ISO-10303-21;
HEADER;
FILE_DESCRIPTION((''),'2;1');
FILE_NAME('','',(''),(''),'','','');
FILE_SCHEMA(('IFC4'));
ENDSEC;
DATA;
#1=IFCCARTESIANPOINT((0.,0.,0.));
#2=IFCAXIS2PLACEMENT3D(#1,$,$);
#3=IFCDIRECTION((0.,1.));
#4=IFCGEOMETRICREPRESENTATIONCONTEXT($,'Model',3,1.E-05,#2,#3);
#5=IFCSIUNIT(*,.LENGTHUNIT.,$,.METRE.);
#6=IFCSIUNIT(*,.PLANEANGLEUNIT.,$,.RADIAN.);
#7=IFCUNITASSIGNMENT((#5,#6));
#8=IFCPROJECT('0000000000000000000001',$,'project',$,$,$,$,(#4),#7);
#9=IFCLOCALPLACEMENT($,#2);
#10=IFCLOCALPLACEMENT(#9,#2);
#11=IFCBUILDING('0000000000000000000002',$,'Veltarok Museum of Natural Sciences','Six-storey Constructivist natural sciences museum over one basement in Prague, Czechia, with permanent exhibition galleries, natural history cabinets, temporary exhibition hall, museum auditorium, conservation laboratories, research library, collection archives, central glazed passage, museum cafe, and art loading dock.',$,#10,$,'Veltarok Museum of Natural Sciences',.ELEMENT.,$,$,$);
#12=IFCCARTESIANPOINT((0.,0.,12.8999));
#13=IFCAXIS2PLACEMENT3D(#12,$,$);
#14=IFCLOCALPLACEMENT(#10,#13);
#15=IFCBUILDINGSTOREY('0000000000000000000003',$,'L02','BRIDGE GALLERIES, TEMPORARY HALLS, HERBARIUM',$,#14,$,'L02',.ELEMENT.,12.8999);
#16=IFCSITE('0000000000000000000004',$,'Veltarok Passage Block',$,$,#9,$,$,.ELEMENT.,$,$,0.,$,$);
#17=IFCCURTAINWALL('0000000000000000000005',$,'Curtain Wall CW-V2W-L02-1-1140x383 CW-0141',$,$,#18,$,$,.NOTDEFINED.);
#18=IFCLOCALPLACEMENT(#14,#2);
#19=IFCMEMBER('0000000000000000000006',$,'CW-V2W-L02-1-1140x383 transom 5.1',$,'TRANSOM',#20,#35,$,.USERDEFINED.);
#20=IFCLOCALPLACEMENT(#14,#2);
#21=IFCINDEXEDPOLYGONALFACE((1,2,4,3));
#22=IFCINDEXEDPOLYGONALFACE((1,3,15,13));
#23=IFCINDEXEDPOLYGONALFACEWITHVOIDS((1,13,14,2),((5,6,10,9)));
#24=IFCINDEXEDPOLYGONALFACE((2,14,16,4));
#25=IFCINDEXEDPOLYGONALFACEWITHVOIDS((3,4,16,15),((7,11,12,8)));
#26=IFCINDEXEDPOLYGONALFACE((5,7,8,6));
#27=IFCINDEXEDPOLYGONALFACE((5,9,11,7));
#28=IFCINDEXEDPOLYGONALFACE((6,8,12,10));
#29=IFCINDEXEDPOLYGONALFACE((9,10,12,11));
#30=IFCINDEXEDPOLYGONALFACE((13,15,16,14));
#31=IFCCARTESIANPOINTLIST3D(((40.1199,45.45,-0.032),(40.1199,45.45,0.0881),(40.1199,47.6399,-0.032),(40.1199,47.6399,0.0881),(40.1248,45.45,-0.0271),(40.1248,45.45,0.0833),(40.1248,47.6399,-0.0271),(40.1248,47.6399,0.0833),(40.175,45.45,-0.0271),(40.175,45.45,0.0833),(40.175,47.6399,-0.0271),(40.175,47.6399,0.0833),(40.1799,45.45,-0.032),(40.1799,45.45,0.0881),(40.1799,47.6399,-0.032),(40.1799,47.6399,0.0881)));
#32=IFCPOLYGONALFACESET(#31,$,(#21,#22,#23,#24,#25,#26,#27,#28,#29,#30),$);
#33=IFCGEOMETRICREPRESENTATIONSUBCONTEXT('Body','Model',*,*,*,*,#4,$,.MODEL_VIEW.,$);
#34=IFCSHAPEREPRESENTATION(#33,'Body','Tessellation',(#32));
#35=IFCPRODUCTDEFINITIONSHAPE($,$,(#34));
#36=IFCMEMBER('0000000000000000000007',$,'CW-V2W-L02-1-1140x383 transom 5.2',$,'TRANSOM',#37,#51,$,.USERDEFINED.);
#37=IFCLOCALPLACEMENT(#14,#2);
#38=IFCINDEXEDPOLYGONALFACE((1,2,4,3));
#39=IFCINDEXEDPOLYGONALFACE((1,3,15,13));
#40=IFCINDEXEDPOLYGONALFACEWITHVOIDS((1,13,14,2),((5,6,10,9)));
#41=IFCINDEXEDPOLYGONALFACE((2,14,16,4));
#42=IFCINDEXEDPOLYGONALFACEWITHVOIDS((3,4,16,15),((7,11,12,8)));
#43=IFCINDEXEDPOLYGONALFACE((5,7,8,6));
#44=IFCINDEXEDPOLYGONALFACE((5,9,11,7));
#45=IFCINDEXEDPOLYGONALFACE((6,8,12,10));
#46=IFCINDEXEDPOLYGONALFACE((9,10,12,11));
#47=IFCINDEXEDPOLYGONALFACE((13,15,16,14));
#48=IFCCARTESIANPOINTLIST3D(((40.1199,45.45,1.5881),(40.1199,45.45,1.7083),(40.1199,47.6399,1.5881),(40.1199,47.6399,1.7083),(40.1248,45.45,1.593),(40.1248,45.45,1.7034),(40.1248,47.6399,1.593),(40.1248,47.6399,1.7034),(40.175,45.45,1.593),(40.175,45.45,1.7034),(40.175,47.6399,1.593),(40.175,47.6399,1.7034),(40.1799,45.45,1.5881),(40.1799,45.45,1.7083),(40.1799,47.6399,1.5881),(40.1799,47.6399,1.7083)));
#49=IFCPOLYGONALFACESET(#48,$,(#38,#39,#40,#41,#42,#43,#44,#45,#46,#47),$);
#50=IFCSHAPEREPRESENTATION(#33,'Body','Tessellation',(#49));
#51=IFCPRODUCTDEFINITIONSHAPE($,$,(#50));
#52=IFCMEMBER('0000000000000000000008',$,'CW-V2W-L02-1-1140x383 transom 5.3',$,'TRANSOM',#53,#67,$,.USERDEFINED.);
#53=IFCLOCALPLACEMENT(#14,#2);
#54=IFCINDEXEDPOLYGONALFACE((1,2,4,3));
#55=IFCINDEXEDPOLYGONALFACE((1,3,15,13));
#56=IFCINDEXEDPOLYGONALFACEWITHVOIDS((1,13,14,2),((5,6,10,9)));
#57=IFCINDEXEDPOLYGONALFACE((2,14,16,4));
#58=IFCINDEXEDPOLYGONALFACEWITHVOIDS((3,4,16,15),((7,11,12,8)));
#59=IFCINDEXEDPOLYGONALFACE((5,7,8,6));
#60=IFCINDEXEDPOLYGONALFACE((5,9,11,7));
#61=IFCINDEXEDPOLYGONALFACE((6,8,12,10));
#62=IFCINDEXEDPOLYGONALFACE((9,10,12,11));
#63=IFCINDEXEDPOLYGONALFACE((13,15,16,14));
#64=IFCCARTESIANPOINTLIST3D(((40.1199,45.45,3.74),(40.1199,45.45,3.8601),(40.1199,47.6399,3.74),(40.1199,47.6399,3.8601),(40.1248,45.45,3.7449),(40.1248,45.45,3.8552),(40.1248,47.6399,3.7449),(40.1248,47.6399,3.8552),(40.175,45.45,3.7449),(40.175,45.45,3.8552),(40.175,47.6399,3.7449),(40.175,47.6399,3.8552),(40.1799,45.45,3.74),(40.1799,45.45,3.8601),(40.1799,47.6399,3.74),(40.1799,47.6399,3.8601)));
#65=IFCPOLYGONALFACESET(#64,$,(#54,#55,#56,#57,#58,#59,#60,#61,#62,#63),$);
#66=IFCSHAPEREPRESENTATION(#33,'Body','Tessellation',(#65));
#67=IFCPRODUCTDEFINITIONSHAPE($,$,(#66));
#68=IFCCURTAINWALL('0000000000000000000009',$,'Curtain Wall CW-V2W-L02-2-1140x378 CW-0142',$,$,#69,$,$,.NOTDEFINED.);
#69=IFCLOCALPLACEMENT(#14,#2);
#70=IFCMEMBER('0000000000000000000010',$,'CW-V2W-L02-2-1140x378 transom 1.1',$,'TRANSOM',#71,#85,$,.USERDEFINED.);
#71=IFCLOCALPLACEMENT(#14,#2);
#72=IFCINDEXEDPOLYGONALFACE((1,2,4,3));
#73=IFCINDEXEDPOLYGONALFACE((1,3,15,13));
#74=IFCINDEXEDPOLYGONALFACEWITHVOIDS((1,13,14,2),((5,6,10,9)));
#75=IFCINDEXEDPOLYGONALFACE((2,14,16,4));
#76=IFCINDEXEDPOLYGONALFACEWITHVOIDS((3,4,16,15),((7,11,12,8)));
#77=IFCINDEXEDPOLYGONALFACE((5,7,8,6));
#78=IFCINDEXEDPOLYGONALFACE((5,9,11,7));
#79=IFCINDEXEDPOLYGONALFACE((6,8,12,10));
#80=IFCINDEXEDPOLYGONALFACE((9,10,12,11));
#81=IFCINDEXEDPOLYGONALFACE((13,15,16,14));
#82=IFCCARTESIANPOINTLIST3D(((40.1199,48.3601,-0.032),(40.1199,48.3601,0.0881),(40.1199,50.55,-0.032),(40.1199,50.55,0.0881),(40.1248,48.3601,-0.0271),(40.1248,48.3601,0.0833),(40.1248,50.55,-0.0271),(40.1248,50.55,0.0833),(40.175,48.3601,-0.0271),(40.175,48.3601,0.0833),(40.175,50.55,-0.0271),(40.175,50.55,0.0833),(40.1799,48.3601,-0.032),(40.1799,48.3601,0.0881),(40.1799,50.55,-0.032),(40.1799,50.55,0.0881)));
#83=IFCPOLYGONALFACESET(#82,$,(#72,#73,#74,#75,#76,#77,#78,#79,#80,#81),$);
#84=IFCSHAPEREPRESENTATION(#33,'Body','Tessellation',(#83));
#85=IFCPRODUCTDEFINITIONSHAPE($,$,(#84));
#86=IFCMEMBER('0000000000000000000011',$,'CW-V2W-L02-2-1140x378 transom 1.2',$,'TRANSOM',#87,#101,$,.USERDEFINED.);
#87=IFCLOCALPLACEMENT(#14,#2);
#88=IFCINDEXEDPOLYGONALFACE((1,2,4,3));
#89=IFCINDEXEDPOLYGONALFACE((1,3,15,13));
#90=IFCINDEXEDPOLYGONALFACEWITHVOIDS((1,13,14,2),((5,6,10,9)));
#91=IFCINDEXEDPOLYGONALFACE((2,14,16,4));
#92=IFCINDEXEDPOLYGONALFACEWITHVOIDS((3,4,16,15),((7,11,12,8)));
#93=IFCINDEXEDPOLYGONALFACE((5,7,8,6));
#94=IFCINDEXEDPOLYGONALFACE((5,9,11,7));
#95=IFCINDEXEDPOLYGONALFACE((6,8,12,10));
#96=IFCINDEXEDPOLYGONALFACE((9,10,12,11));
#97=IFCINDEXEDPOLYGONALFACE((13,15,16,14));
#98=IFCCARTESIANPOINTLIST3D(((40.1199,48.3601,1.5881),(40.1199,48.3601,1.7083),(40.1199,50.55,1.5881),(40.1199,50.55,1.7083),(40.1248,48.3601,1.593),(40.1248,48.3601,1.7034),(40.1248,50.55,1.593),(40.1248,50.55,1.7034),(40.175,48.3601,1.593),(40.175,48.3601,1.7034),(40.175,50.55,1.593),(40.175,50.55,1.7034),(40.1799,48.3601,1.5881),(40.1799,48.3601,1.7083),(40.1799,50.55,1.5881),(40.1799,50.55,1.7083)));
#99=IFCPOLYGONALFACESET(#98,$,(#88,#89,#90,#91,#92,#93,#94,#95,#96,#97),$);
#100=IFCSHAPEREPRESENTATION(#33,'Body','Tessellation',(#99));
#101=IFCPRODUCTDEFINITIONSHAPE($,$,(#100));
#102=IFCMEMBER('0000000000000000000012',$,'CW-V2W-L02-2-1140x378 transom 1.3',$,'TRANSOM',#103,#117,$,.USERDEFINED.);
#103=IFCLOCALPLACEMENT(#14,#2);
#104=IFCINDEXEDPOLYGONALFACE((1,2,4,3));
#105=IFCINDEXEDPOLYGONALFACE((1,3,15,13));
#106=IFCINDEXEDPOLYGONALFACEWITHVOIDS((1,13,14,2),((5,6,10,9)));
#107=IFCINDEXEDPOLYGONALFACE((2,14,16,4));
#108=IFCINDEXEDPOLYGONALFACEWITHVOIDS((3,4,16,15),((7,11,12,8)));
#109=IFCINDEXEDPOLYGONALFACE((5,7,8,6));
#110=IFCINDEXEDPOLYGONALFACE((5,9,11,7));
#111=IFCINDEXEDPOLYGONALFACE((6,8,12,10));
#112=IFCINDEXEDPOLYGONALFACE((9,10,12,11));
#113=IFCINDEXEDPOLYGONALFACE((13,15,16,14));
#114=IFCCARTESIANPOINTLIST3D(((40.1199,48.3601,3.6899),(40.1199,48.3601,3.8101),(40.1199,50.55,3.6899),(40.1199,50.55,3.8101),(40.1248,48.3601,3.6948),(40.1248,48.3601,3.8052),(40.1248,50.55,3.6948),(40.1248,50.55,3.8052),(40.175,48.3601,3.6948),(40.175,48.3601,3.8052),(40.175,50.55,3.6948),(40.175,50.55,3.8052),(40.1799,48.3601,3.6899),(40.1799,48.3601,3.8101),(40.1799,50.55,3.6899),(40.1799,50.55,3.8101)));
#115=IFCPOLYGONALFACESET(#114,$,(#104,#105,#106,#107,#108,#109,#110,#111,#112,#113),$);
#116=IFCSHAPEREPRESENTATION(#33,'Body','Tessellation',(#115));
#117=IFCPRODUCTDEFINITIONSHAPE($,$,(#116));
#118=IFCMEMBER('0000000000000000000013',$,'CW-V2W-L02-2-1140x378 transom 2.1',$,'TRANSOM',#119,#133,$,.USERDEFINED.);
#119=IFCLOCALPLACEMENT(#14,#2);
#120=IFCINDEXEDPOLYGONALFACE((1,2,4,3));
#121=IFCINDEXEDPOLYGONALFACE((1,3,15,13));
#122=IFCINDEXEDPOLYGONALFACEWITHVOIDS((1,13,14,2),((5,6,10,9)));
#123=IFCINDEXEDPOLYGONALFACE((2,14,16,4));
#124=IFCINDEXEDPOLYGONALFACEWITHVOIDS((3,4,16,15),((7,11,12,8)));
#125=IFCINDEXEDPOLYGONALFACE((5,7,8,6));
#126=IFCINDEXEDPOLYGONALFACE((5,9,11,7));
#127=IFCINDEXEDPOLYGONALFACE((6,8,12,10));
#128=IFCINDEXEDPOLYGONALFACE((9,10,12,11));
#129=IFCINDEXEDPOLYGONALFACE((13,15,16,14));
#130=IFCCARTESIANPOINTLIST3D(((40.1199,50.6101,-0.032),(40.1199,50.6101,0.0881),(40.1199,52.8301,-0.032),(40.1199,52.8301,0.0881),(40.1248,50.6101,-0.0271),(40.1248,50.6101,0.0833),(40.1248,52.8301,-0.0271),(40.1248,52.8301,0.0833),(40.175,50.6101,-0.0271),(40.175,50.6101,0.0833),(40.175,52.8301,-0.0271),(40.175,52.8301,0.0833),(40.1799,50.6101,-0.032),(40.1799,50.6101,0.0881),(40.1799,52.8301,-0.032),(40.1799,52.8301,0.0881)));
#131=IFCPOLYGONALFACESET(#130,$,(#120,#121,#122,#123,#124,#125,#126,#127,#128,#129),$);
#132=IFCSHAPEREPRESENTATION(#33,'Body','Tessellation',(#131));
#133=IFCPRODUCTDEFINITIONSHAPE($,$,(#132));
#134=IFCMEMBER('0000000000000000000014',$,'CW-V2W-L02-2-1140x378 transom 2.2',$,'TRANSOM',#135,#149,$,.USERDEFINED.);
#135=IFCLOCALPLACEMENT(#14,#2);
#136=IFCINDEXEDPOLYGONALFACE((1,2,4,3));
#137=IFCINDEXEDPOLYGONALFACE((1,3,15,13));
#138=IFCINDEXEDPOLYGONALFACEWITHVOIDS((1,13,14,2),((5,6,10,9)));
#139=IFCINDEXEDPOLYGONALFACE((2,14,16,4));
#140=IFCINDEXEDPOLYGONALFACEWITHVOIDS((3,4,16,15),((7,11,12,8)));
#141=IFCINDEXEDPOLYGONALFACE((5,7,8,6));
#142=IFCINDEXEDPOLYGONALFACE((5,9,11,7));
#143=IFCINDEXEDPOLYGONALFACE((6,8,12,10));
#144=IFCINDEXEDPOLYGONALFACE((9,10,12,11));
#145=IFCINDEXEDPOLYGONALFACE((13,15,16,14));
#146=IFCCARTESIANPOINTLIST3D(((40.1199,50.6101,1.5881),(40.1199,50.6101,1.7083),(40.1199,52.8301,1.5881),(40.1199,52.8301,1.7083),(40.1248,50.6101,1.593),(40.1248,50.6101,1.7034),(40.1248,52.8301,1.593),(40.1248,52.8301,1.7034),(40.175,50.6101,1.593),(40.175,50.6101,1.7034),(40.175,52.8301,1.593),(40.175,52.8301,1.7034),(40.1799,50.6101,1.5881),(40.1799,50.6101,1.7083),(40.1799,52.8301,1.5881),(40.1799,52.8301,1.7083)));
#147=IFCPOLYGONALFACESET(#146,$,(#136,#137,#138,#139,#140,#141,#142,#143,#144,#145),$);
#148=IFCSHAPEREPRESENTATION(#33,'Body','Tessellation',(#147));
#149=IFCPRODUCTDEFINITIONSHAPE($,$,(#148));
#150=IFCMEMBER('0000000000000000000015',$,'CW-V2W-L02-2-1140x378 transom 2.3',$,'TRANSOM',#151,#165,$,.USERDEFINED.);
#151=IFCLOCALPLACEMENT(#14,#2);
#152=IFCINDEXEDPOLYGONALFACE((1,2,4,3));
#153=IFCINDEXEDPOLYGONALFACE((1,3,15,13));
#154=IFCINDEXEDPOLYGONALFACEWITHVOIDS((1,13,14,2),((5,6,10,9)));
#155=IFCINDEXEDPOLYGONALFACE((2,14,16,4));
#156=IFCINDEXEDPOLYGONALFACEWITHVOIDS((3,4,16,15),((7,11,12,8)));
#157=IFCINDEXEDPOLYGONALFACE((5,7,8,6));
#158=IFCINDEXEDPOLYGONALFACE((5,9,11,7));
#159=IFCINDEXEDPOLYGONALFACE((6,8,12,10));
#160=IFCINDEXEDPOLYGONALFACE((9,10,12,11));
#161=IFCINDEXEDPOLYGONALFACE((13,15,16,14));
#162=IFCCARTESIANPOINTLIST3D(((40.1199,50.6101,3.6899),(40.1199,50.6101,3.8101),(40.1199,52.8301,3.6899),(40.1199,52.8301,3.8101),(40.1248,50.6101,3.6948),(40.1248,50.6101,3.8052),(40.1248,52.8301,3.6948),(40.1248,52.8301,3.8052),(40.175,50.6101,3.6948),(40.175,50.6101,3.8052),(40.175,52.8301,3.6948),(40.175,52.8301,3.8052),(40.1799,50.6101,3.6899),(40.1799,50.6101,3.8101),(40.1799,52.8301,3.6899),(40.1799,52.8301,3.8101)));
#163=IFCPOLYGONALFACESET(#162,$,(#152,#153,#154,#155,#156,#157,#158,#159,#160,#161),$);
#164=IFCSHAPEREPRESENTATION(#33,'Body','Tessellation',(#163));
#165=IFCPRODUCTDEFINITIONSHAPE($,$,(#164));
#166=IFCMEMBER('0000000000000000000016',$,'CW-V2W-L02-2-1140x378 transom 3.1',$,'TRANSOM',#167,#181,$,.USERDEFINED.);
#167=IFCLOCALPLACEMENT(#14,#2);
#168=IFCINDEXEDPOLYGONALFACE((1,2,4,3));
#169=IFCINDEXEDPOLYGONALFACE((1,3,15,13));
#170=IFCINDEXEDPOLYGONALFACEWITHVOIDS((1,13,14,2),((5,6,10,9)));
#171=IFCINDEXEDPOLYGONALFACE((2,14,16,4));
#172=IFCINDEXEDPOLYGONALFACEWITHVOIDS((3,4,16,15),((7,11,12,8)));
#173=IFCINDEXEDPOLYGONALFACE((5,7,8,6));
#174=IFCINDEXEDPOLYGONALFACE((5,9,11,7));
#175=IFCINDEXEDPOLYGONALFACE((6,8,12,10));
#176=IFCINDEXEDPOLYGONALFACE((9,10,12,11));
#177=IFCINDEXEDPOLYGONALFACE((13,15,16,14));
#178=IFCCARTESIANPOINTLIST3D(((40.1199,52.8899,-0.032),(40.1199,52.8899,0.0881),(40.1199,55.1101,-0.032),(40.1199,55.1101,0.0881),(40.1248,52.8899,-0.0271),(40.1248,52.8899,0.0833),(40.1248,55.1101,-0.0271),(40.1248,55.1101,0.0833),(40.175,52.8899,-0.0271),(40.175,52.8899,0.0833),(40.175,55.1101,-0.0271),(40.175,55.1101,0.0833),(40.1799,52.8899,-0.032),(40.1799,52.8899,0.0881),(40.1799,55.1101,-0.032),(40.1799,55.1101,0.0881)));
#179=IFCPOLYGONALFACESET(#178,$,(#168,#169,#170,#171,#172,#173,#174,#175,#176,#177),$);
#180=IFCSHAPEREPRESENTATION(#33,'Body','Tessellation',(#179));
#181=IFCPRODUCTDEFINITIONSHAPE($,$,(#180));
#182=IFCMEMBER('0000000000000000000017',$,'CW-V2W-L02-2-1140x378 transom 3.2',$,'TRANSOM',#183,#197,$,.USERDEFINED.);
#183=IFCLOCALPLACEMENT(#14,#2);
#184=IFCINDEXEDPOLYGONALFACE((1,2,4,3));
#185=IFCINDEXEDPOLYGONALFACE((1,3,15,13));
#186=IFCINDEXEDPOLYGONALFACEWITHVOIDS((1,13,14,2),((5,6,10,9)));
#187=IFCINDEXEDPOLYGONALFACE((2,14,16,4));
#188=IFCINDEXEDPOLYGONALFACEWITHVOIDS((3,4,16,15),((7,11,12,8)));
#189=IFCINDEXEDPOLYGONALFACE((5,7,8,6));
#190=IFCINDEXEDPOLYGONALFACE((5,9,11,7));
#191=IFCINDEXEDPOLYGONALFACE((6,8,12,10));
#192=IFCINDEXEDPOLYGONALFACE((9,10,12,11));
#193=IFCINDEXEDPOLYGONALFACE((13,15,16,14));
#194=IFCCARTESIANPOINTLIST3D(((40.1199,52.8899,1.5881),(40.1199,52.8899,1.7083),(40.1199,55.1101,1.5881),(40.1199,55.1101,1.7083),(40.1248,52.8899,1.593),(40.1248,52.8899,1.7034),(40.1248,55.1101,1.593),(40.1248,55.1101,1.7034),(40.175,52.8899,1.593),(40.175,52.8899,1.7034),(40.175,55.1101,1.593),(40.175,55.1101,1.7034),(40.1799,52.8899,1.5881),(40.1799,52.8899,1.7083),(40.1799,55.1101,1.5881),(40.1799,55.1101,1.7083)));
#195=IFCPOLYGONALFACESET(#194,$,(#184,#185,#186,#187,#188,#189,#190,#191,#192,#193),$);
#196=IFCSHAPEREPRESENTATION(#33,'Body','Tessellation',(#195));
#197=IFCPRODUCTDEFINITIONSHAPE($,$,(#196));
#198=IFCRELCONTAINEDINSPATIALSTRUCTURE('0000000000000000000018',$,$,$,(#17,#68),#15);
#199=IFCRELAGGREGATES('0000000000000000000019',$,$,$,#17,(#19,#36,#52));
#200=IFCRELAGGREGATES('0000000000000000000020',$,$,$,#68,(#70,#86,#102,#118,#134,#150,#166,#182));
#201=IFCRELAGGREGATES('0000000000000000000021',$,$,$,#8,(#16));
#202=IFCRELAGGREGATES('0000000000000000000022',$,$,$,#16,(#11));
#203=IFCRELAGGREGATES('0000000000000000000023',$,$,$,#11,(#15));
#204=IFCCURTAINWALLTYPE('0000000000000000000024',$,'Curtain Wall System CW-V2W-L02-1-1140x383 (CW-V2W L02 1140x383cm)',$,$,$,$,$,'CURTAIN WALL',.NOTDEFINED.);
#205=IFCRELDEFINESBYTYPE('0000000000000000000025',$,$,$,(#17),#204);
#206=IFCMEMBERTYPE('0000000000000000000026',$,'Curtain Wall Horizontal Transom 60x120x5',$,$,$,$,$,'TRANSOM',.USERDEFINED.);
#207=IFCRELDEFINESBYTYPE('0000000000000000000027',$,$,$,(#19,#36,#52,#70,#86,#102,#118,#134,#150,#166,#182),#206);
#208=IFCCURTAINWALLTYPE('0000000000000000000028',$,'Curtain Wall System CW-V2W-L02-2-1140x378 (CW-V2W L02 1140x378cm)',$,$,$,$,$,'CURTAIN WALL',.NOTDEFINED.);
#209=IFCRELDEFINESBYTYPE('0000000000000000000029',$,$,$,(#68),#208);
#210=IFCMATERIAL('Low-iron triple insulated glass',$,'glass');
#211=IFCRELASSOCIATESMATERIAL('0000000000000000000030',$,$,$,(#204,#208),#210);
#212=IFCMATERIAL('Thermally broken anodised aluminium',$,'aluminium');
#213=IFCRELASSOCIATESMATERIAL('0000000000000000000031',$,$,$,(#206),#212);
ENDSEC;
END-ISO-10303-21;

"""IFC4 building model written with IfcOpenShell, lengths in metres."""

from ifc_helpers import new_model, si_unit, direction, frame, origin, origin_2d, place, context, subcontext, project, spatial, hollow_rectangle, extrude, material, material_profile, profile_set, type_object, element, aggregate, save


model = new_model("IFC4")

# Units and contexts
model_context = context("Model", 3, precision=1e-05, world=origin(), true_north=direction((0.0, 1.0)))
body_context = subcontext(model_context, "Body", "Model", "MODEL_VIEW")
ifc_project = project(units=[si_unit("LENGTHUNIT", "METRE"), si_unit("PLANEANGLEUNIT", "RADIAN")], contexts=[model_context])

# Site, building, storey
site_placement = place(None, origin())
site = spatial("IfcSite", under=ifc_project, at=site_placement, Name="Veltarok Passage Block", CompositionType="ELEMENT", RefElevation=0.0)
building_placement = place(site_placement, origin())
building = spatial("IfcBuilding", under=site, at=building_placement, Name="Veltarok Museum of Natural Sciences", Description="Six-storey Constructivist natural sciences museum over one basement in Prague, Czechia, with permanent exhibition galleries, natural history cabinets, temporary exhibition hall, museum auditorium, conservation laboratories, research library, collection archives, central glazed passage, museum cafe, and art loading dock.", LongName="Veltarok Museum of Natural Sciences", CompositionType="ELEMENT")
storey_placement = place(building_placement, frame((0.0, 0.0, 12.8999)))
storey = spatial("IfcBuildingStorey", under=building, at=storey_placement, Name="L02", Description="BRIDGE GALLERIES, TEMPORARY HALLS, HERBARIUM", LongName="L02", CompositionType="ELEMENT", Elevation=12.8999)

# Curtain walls, members
ifc_material_1 = material(Name="Low-iron triple insulated glass", Category="glass")
curtain_wall_type_1 = type_object("IfcCurtainWallType", Name="Curtain Wall System CW-V2W-L02-1-1140x383 (CW-V2W L02 1140x383cm)", ElementType="CURTAIN WALL", PredefinedType="NOTDEFINED", material=ifc_material_1)
curtain_wall_1_placement = place(storey_placement, origin())
curtain_wall_1 = element("IfcCurtainWall", 1, at=curtain_wall_1_placement, inside=storey, type_object=curtain_wall_type_1, Name="Curtain Wall CW-V2W-L02-1-1140x383 CW-0141", PredefinedType="NOTDEFINED")
ifc_material_2 = material(Name="Thermally broken anodised aluminium", Category="aluminium")
ifc_material_profile_1 = material_profile(ifc_material_2, hollow_rectangle(XDim=0.0601, YDim=0.1201, WallThickness=0.0049, at=origin_2d()), Name="CW TRANSOM 60x120x5")
ifc_profile_set_1 = profile_set([ifc_material_profile_1], Name="Thermally broken anodised aluminium")
member_type_1 = type_object("IfcMemberType", Name="Curtain Wall Horizontal Transom 60x120x5", ElementType="TRANSOM", PredefinedType="USERDEFINED", material=ifc_profile_set_1)
member_1_placement = place(storey_placement, frame((40.1499, 45.45, 0.0281), z_axis=(0.0, 1.0, 0.0), x_axis=(-1.0, 0.0, 0.0)))
member_1 = element("IfcMember", 2, at=member_1_placement, type_object=member_type_1, Name="CW-V2W-L02-1-1140x383 transom 5.1", ObjectType="TRANSOM", PredefinedType="USERDEFINED", context=body_context, shape_type="SweptSolid", body=[
    extrude(hollow_rectangle(XDim=0.0601, YDim=0.1201, WallThickness=0.0049, at=origin_2d()), origin(), (0.0, 0.0, 1.0), 2.1899),
])
member_2_placement = place(storey_placement, frame((40.1499, 45.45, 1.6482), z_axis=(0.0, 1.0, 0.0), x_axis=(-1.0, 0.0, 0.0)))
member_2 = element("IfcMember", 3, at=member_2_placement, type_object=member_type_1, Name="CW-V2W-L02-1-1140x383 transom 5.2", ObjectType="TRANSOM", PredefinedType="USERDEFINED", context=body_context, shape_type="SweptSolid", body=[
    extrude(hollow_rectangle(XDim=0.0601, YDim=0.1201, WallThickness=0.0049, at=origin_2d()), origin(), (0.0, 0.0, 1.0), 2.1899),
])
member_3_placement = place(storey_placement, frame((40.1499, 45.45, 3.8), z_axis=(0.0, 1.0, 0.0), x_axis=(-1.0, 0.0, 0.0)))
member_3 = element("IfcMember", 4, at=member_3_placement, type_object=member_type_1, Name="CW-V2W-L02-1-1140x383 transom 5.3", ObjectType="TRANSOM", PredefinedType="USERDEFINED", context=body_context, shape_type="SweptSolid", body=[
    extrude(hollow_rectangle(XDim=0.0601, YDim=0.1201, WallThickness=0.0049, at=origin_2d()), origin(), (0.0, 0.0, 1.0), 2.1899),
])
curtain_wall_type_2 = type_object("IfcCurtainWallType", Name="Curtain Wall System CW-V2W-L02-2-1140x378 (CW-V2W L02 1140x378cm)", ElementType="CURTAIN WALL", PredefinedType="NOTDEFINED", material=ifc_material_1)
curtain_wall_2_placement = place(storey_placement, origin())
curtain_wall_2 = element("IfcCurtainWall", 5, at=curtain_wall_2_placement, inside=storey, type_object=curtain_wall_type_2, Name="Curtain Wall CW-V2W-L02-2-1140x378 CW-0142", PredefinedType="NOTDEFINED")
member_4_placement = place(storey_placement, frame((40.1499, 48.3601, 0.0281), z_axis=(0.0, 1.0, 0.0), x_axis=(-1.0, 0.0, 0.0)))
member_4 = element("IfcMember", 6, at=member_4_placement, type_object=member_type_1, Name="CW-V2W-L02-2-1140x378 transom 1.1", ObjectType="TRANSOM", PredefinedType="USERDEFINED", context=body_context, shape_type="SweptSolid", body=[
    extrude(hollow_rectangle(XDim=0.0601, YDim=0.1201, WallThickness=0.0049, at=origin_2d()), origin(), (0.0, 0.0, 1.0), 2.1899),
])
member_5_placement = place(storey_placement, frame((40.1499, 48.3601, 1.6482), z_axis=(0.0, 1.0, 0.0), x_axis=(-1.0, 0.0, 0.0)))
member_5 = element("IfcMember", 7, at=member_5_placement, type_object=member_type_1, Name="CW-V2W-L02-2-1140x378 transom 1.2", ObjectType="TRANSOM", PredefinedType="USERDEFINED", context=body_context, shape_type="SweptSolid", body=[
    extrude(hollow_rectangle(XDim=0.0601, YDim=0.1201, WallThickness=0.0049, at=origin_2d()), origin(), (0.0, 0.0, 1.0), 2.1899),
])
member_6_placement = place(storey_placement, frame((40.1499, 48.3601, 3.75), z_axis=(0.0, 1.0, 0.0), x_axis=(-1.0, 0.0, 0.0)))
member_6 = element("IfcMember", 8, at=member_6_placement, type_object=member_type_1, Name="CW-V2W-L02-2-1140x378 transom 1.3", ObjectType="TRANSOM", PredefinedType="USERDEFINED", context=body_context, shape_type="SweptSolid", body=[
    extrude(hollow_rectangle(XDim=0.0601, YDim=0.1201, WallThickness=0.0049, at=origin_2d()), origin(), (0.0, 0.0, 1.0), 2.1899),
])
member_7_placement = place(storey_placement, frame((40.1499, 50.6101, 0.0281), z_axis=(0.0, 1.0, 0.0), x_axis=(-1.0, 0.0, 0.0)))
member_7 = element("IfcMember", 9, at=member_7_placement, type_object=member_type_1, Name="CW-V2W-L02-2-1140x378 transom 2.1", ObjectType="TRANSOM", PredefinedType="USERDEFINED", context=body_context, shape_type="SweptSolid", body=[
    extrude(hollow_rectangle(XDim=0.0601, YDim=0.1201, WallThickness=0.0049, at=origin_2d()), origin(), (0.0, 0.0, 1.0), 2.22),
])
member_8_placement = place(storey_placement, frame((40.1499, 50.6101, 1.6482), z_axis=(0.0, 1.0, 0.0), x_axis=(-1.0, 0.0, 0.0)))
member_8 = element("IfcMember", 10, at=member_8_placement, type_object=member_type_1, Name="CW-V2W-L02-2-1140x378 transom 2.2", ObjectType="TRANSOM", PredefinedType="USERDEFINED", context=body_context, shape_type="SweptSolid", body=[
    extrude(hollow_rectangle(XDim=0.0601, YDim=0.1201, WallThickness=0.0049, at=origin_2d()), origin(), (0.0, 0.0, 1.0), 2.22),
])
member_9_placement = place(storey_placement, frame((40.1499, 50.6101, 3.75), z_axis=(0.0, 1.0, 0.0), x_axis=(-1.0, 0.0, 0.0)))
member_9 = element("IfcMember", 11, at=member_9_placement, type_object=member_type_1, Name="CW-V2W-L02-2-1140x378 transom 2.3", ObjectType="TRANSOM", PredefinedType="USERDEFINED", context=body_context, shape_type="SweptSolid", body=[
    extrude(hollow_rectangle(XDim=0.0601, YDim=0.1201, WallThickness=0.0049, at=origin_2d()), origin(), (0.0, 0.0, 1.0), 2.22),
])
member_10_placement = place(storey_placement, frame((40.1499, 52.8899, 0.0281), z_axis=(0.0, 1.0, 0.0), x_axis=(-1.0, 0.0, 0.0)))
member_10 = element("IfcMember", 12, at=member_10_placement, type_object=member_type_1, Name="CW-V2W-L02-2-1140x378 transom 3.1", ObjectType="TRANSOM", PredefinedType="USERDEFINED", context=body_context, shape_type="SweptSolid", body=[
    extrude(hollow_rectangle(XDim=0.0601, YDim=0.1201, WallThickness=0.0049, at=origin_2d()), origin(), (0.0, 0.0, 1.0), 2.2202),
])
member_11_placement = place(storey_placement, frame((40.1499, 52.8899, 1.6482), z_axis=(0.0, 1.0, 0.0), x_axis=(-1.0, 0.0, 0.0)))
member_11 = element("IfcMember", 13, at=member_11_placement, type_object=member_type_1, Name="CW-V2W-L02-2-1140x378 transom 3.2", ObjectType="TRANSOM", PredefinedType="USERDEFINED", context=body_context, shape_type="SweptSolid", body=[
    extrude(hollow_rectangle(XDim=0.0601, YDim=0.1201, WallThickness=0.0049, at=origin_2d()), origin(), (0.0, 0.0, 1.0), 2.2202),
])

aggregate(curtain_wall_1, [member_1, member_2, member_3])
aggregate(curtain_wall_2, [member_4, member_5, member_6, member_7, member_8, member_9, member_10, member_11])

save(model, "model.ifc")
